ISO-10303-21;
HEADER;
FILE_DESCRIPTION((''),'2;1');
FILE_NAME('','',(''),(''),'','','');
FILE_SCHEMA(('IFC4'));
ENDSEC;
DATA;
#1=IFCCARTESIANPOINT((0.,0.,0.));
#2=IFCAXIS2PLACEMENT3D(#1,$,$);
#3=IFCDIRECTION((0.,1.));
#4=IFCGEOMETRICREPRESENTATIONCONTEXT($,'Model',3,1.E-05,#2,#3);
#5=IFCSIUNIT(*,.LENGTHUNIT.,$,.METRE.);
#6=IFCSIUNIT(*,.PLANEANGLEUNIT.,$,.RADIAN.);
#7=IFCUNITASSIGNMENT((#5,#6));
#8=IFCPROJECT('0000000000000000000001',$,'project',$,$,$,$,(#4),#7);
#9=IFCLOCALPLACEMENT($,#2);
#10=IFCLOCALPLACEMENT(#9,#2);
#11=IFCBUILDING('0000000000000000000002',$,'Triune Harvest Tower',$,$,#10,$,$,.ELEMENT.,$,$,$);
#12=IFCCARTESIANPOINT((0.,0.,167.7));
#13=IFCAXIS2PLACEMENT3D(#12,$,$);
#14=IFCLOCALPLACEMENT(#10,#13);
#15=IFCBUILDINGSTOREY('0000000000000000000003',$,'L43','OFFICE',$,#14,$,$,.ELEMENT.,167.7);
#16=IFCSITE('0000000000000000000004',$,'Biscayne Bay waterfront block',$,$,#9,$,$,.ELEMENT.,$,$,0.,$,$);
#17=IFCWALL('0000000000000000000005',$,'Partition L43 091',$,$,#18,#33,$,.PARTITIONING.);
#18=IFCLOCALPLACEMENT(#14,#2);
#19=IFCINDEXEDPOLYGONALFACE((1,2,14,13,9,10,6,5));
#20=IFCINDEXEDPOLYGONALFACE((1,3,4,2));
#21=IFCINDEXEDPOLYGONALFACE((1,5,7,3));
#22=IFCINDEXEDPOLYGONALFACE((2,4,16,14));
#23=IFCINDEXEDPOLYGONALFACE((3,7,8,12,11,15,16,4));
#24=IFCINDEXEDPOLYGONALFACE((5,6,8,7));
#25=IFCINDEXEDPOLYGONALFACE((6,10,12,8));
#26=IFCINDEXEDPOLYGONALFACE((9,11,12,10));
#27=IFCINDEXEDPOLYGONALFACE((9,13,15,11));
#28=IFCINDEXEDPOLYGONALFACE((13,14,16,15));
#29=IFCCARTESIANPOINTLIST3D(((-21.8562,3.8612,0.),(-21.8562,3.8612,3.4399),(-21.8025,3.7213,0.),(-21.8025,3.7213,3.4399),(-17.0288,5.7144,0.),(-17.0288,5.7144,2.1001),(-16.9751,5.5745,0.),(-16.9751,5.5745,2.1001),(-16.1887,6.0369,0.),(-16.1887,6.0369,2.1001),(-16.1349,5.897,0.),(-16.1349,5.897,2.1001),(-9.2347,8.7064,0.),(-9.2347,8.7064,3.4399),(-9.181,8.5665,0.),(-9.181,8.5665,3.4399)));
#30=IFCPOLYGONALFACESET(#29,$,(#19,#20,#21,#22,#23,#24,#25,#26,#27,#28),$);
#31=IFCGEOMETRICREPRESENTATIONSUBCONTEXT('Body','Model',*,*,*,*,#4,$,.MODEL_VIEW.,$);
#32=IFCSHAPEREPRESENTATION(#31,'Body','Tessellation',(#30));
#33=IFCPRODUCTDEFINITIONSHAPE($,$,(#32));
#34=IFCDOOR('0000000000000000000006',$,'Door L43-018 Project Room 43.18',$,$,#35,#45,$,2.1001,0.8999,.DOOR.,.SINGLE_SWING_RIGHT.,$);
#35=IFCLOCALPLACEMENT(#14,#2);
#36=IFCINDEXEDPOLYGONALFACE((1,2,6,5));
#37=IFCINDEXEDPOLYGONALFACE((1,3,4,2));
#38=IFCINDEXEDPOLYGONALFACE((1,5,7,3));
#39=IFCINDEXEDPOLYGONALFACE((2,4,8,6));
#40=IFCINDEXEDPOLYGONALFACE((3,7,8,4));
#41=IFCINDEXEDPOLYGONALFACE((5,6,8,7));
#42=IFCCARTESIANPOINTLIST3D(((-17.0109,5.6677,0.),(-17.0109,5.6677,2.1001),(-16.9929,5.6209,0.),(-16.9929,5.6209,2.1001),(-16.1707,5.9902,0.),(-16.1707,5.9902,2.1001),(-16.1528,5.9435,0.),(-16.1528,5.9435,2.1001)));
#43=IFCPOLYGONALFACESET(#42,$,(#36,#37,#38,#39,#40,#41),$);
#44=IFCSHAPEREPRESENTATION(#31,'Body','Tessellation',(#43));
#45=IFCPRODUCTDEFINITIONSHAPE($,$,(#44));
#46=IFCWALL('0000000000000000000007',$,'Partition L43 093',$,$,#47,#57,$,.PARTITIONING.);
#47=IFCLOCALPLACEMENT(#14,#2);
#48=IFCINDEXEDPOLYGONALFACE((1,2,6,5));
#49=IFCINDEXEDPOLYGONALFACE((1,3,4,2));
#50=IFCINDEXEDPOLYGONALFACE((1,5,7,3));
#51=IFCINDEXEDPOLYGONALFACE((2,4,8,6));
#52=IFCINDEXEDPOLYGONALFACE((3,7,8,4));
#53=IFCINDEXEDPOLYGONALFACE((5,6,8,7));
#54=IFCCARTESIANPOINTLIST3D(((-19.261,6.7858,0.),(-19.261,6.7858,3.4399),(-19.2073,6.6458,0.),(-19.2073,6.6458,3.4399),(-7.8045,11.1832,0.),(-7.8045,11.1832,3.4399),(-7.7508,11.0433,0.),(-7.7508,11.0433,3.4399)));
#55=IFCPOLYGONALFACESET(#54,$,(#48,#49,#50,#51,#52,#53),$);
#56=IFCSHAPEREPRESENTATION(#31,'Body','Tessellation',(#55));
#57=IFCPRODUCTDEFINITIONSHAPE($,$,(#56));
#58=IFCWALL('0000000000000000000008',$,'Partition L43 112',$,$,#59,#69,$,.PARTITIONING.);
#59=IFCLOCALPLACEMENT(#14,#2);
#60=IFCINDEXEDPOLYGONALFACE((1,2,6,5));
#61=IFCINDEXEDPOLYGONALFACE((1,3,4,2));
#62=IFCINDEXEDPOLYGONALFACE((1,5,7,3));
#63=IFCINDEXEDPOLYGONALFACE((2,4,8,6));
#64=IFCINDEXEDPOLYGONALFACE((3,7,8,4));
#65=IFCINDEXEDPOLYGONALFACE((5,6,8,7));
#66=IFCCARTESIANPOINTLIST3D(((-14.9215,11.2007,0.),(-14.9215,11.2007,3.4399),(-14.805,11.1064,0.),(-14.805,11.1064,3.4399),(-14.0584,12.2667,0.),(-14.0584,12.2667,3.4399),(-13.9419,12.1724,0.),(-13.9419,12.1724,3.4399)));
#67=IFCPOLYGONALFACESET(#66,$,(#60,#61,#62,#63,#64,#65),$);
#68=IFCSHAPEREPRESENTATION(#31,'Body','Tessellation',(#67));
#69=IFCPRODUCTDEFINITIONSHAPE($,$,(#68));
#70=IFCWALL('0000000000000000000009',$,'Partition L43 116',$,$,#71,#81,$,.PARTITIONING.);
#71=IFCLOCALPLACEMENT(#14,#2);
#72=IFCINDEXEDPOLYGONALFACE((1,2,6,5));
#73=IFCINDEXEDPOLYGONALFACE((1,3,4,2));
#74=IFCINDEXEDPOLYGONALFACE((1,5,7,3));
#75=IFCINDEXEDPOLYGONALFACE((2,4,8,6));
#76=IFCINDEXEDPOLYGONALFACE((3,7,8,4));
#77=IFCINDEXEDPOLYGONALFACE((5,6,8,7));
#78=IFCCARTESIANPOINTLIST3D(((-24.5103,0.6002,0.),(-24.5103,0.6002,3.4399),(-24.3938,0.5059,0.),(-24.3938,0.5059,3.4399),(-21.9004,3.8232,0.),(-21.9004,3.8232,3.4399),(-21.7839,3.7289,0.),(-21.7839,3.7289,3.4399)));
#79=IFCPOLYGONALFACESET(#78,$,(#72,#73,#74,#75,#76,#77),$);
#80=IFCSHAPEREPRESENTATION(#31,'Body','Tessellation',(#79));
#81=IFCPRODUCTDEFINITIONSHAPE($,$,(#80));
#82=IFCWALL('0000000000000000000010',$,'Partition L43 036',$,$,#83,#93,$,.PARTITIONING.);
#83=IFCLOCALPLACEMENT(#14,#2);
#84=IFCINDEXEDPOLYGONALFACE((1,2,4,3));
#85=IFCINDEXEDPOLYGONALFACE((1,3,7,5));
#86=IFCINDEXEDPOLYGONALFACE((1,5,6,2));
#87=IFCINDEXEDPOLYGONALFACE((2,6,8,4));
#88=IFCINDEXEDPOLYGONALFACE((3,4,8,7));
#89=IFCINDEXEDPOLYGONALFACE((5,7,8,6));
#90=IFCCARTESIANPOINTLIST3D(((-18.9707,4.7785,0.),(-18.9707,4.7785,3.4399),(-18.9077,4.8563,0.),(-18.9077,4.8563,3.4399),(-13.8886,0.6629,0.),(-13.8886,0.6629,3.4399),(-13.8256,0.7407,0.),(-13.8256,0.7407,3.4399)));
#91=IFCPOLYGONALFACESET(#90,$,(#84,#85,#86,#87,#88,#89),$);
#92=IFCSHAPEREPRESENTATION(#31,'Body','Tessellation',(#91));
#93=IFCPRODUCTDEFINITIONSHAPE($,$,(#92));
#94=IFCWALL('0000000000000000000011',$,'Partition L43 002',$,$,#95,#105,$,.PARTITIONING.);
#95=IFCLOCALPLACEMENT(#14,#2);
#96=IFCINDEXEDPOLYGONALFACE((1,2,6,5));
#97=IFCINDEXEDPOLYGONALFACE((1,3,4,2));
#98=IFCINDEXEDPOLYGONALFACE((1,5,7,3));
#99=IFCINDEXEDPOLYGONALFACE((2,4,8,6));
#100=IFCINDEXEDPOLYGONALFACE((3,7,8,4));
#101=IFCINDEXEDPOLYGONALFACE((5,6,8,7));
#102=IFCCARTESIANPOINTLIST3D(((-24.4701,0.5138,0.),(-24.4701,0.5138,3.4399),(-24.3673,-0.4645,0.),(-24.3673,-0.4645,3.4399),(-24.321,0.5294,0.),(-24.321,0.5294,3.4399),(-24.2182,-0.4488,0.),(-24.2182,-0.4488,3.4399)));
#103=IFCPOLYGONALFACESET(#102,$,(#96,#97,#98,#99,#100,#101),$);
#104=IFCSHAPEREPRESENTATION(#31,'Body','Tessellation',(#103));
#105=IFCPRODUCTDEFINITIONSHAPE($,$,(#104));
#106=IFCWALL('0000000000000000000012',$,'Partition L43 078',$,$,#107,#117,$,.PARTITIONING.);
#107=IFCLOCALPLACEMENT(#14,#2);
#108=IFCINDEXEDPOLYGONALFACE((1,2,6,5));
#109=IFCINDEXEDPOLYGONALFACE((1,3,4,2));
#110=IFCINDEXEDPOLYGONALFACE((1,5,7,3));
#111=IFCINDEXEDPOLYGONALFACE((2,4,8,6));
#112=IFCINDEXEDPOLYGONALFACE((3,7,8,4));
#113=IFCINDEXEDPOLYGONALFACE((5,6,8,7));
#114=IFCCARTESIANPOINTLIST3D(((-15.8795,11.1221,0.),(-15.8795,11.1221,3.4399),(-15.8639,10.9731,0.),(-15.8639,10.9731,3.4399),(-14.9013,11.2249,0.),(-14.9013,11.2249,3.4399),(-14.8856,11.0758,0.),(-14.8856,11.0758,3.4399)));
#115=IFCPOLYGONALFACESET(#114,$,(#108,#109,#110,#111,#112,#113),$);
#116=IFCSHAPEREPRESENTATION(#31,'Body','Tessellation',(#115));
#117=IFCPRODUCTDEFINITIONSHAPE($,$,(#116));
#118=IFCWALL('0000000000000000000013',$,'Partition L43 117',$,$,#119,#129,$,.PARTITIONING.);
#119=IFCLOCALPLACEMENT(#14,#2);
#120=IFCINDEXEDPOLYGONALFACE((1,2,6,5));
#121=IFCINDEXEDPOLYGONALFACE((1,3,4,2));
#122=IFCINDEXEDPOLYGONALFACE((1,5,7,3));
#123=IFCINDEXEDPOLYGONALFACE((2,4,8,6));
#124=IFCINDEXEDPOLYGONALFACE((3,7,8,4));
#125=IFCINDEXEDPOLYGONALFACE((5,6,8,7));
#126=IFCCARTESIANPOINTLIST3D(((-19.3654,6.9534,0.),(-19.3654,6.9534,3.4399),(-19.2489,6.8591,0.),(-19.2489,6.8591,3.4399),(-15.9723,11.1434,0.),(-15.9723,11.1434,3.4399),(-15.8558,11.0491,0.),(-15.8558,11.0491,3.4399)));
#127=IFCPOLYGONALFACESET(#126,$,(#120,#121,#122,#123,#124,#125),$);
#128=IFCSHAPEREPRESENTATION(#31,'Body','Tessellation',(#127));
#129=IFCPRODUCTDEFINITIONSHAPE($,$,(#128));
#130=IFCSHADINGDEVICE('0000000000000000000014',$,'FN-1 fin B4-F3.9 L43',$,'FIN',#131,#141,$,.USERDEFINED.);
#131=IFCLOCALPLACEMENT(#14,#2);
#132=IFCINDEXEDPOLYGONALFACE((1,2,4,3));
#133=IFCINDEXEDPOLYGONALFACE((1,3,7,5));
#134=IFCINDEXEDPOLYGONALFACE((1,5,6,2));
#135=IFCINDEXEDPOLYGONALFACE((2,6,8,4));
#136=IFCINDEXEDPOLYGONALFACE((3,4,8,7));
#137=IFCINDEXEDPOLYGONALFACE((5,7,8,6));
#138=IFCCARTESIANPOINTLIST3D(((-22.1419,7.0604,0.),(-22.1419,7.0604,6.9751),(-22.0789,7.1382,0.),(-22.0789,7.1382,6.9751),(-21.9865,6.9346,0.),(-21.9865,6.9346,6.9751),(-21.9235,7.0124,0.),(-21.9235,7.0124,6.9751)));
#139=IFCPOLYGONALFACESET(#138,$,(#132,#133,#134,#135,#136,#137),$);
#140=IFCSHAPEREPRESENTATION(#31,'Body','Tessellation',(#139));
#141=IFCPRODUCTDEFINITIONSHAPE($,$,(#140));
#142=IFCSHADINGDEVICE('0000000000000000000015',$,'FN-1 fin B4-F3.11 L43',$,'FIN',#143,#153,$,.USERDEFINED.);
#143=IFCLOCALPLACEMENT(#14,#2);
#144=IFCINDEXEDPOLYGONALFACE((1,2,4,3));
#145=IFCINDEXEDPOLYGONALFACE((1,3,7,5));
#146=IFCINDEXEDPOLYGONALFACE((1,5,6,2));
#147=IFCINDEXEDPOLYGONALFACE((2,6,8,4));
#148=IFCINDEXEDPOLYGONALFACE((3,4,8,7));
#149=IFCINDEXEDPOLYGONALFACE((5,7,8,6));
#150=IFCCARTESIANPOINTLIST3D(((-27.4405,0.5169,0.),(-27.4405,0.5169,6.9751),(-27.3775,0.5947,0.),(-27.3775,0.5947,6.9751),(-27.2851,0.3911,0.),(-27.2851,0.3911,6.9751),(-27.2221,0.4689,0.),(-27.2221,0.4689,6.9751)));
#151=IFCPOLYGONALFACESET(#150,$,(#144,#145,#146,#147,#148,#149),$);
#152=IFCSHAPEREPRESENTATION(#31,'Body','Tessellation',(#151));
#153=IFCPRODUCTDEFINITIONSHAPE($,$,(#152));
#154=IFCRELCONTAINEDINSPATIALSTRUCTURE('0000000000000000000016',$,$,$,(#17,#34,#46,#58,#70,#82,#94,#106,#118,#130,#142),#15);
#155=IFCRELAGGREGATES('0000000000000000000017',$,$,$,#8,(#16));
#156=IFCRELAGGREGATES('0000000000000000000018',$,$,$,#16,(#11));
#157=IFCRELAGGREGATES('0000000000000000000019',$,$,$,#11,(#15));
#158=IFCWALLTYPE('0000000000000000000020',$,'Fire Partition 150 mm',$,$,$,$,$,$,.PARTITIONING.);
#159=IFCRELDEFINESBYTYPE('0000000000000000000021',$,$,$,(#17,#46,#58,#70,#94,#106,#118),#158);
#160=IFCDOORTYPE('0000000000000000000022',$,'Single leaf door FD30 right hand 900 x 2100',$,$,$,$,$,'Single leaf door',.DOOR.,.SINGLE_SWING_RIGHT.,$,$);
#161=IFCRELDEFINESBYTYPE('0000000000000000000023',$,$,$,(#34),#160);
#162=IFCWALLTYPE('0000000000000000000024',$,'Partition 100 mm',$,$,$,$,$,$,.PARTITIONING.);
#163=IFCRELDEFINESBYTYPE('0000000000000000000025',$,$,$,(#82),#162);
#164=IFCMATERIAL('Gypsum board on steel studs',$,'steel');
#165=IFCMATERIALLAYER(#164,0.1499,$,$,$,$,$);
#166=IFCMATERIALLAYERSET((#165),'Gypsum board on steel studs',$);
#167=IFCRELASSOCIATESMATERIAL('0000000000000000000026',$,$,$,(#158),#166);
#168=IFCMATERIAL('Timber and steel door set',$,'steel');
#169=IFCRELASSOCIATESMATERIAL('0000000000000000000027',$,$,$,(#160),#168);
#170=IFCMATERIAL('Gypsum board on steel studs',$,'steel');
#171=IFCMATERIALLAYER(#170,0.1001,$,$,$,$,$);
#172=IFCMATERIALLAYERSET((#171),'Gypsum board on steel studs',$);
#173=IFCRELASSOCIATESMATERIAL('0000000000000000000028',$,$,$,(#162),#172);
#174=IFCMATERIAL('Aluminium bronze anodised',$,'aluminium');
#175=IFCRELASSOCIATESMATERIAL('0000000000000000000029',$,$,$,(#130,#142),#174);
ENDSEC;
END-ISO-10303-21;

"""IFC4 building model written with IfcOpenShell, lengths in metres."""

from ifc_helpers import new_model, si_unit, direction, frame, frame_2d, origin, origin_2d, place, context, subcontext, project, spatial, rectangle, extrude, source, transform, mapped, material, layer, layer_set, type_object, element, fill, save


model = new_model("IFC4")

# Units and contexts
model_context = context("Model", 3, precision=1e-05, world=origin(), true_north=direction((0.0, 1.0)))
body_context = subcontext(model_context, "Body", "Model", "MODEL_VIEW")
ifc_project = project(units=[si_unit("LENGTHUNIT", "METRE"), si_unit("PLANEANGLEUNIT", "RADIAN")], contexts=[model_context])

# Site, building, storey
site_placement = place(None, origin())
site = spatial("IfcSite", under=ifc_project, at=site_placement, Name="Biscayne Bay waterfront block", CompositionType="ELEMENT", RefElevation=0.0)
building_placement = place(site_placement, origin())
building = spatial("IfcBuilding", under=site, at=building_placement, Name="Triune Harvest Tower", CompositionType="ELEMENT")
storey_placement = place(building_placement, frame((0.0, 0.0, 167.7)))
storey = spatial("IfcBuildingStorey", under=building, at=storey_placement, Name="L43", Description="OFFICE", CompositionType="ELEMENT", Elevation=167.7)

# Wall, opening, door
ifc_material_1 = material(Name="Gypsum board on steel studs", Category="steel")
ifc_layer_1 = layer(ifc_material_1, 0.1499)
ifc_layer_set_1 = layer_set([ifc_layer_1], Name="Gypsum board on steel studs")
wall_type_1 = type_object("IfcWallType", Name="Fire Partition 150 mm", PredefinedType="PARTITIONING", material=ifc_layer_set_1)
wall_1_placement = place(storey_placement, frame((-21.8293, 3.7913, 0.0), z_axis=(0.0, 0.0, 1.0), x_axis=(0.933574, 0.358384, 0.0)))
wall_1 = element("IfcWall", 1, at=wall_1_placement, inside=storey, type_object=wall_type_1, Name="Partition L43 091", PredefinedType="PARTITIONING", context=body_context, shape_type="SweptSolid", body=[
    extrude(rectangle(XDim=13.5195, YDim=0.1499, at=frame_2d((6.7598, 0.0))), origin(), (0.0, 0.0, 1.0), 3.4399),
])
opening_placement = place(wall_1_placement, frame((5.1709, 0.0, 0.0)))
opening = element("IfcOpeningElement", 2, at=opening_placement, cuts=wall_1, PredefinedType="OPENING", context=body_context, shape_type="SweptSolid", body=[
    extrude(rectangle(XDim=0.8999, YDim=2.1001, at=frame_2d((0.45, 1.05))), frame((0.0, 0.085, 0.0), z_axis=(0.0, -1.0, 0.0), x_axis=(1.0, 0.0, 0.0)), (0.0, 0.0, 1.0), 0.1699),
])
ifc_material_2 = material(Name="Timber and steel door set", Category="steel")
door_type = type_object("IfcDoorType", Name="Single leaf door FD30 right hand 900 x 2100", ElementType="Single leaf door", OperationType="SINGLE_SWING_RIGHT", PredefinedType="DOOR", material=ifc_material_2)
door_placement = place(opening_placement, origin())
door = element("IfcDoor", 3, at=door_placement, inside=storey, type_object=door_type, Name="Door L43-018 Project Room 43.18", OperationType="SINGLE_SWING_RIGHT", OverallHeight=2.1001, OverallWidth=0.8999, PredefinedType="DOOR", context=body_context, shape_type="SweptSolid", body=[
    extrude(rectangle(XDim=0.8999, YDim=2.1001, at=frame_2d((0.45, 1.05))), frame((0.0, 0.0249, 0.0), z_axis=(0.0, -1.0, 0.0), x_axis=(1.0, 0.0, 0.0)), (0.0, 0.0, 1.0), 0.05),
])
fill(opening, door)

# Walls
wall_2_placement = place(storey_placement, frame((-19.2341, 6.7158, 0.0), z_axis=(0.0, 0.0, 1.0), x_axis=(0.933588, 0.358347, 0.0)))
element("IfcWall", 4, at=wall_2_placement, inside=storey, type_object=wall_type_1, Name="Partition L43 093", PredefinedType="PARTITIONING", context=body_context, shape_type="SweptSolid", body=[
    extrude(rectangle(XDim=12.2715, YDim=0.1499, at=frame_2d((6.1357, 0.0))), origin(), (0.0, 0.0, 1.0), 3.4399),
])
wall_3_placement = place(storey_placement, frame((-14.8633, 11.1536, 0.0), z_axis=(0.0, 0.0, 1.0), x_axis=(0.629265, 0.777191, 0.0)))
element("IfcWall", 5, at=wall_3_placement, inside=storey, type_object=wall_type_1, Name="Partition L43 112", PredefinedType="PARTITIONING", context=body_context, shape_type="SweptSolid", body=[
    extrude(rectangle(XDim=1.3716, YDim=0.1499, at=frame_2d((0.6858, 0.0))), origin(), (0.0, 0.0, 1.0), 3.4399),
])
wall_4_placement = place(storey_placement, frame((-24.4521, 0.553, 0.0), z_axis=(0.0, 0.0, 1.0), x_axis=(0.629322, 0.777145, 0.0)))
element("IfcWall", 6, at=wall_4_placement, inside=storey, type_object=wall_type_1, Name="Partition L43 116", PredefinedType="PARTITIONING", context=body_context, shape_type="SweptSolid", body=[
    extrude(rectangle(XDim=4.1472, YDim=0.1499, at=frame_2d((2.0737, 0.0))), origin(), (0.0, 0.0, 1.0), 3.4399),
])
ifc_material_3 = material(Name="Gypsum board on steel studs", Category="steel")
ifc_layer_2 = layer(ifc_material_3, 0.1001)
ifc_layer_set_2 = layer_set([ifc_layer_2], Name="Gypsum board on steel studs")
wall_type_2 = type_object("IfcWallType", Name="Partition 100 mm", PredefinedType="PARTITIONING", material=ifc_layer_set_2)
wall_5_placement = place(storey_placement, frame((-18.9392, 4.8174, 0.0), z_axis=(0.0, 0.0, 1.0), x_axis=(0.777136, -0.629332, 0.0)))
element("IfcWall", 7, at=wall_5_placement, inside=storey, type_object=wall_type_2, Name="Partition L43 036", PredefinedType="PARTITIONING", context=body_context, shape_type="SweptSolid", body=[
    extrude(rectangle(XDim=6.5396, YDim=0.1001, at=frame_2d((3.2698, 0.0))), origin(), (0.0, 0.0, 1.0), 3.4399),
])
shared_shape_1 = source(origin(), body_context, "Body", "SweptSolid", [
    extrude(rectangle(XDim=0.9836, YDim=0.1499, at=frame_2d((0.4917, 0.0))), origin(), (0.0, 0.0, 1.0), 3.4399),
])
for number, where, z_axis, x_axis, name in (
    (8, (-24.3955, 0.5215, 0.0), (0.0, 0.0, 1.0), (0.104491, -0.994526, 0.0), "Partition L43 002"),
    (9, (-15.8716, 11.0476, 0.0), (0.0, 0.0, 1.0), (0.994526, 0.104491, 0.0), "Partition L43 078"),
):
    element("IfcWall", number, at=place(storey_placement, frame(where, z_axis=z_axis, x_axis=x_axis)), inside=storey, type_object=wall_type_1, Name=name, PredefinedType="PARTITIONING", context=body_context, shape_type="MappedRepresentation", body=[
        mapped(shared_shape_1, transform((0.0, 0.0, 0.0), scale=1.0)),
    ])
shared_shape_2 = source(origin(), body_context, "Body", "SweptSolid", [
    extrude(rectangle(XDim=5.3916, YDim=0.1499, at=frame_2d((2.6958, 0.0))), origin(), (0.0, 0.0, 1.0), 3.4399),
])
wall_6_placement = place(storey_placement, frame((-19.3071, 6.9062, 0.0), z_axis=(0.0, 0.0, 1.0), x_axis=(0.629334, 0.777135, 0.0)))
element("IfcWall", 10, at=wall_6_placement, inside=storey, type_object=wall_type_1, Name="Partition L43 117", PredefinedType="PARTITIONING", context=body_context, shape_type="MappedRepresentation", body=[
    mapped(shared_shape_2, transform((0.0, 0.0, 0.0), scale=1.0)),
])

# Shading devices
ifc_material_4 = material(Name="Aluminium bronze anodised", Category="aluminium")
shared_shape_3 = source(origin(), body_context, "Body", "SweptSolid", [
    extrude(rectangle(XDim=0.1001, YDim=0.2, at=origin_2d()), origin(), (0.0, 0.0, 1.0), 6.9751),
])
for number, where, z_axis, x_axis, name in (
    (11, (-22.0327, 7.0364, 0.0), (0.0, 0.0, 1.0), (-0.629321, -0.777145, 0.0), "FN-1 fin B4-F3.9 L43"),
    (12, (-27.3313, 0.4929, 0.0), (0.0, 0.0, 1.0), (-0.629321, -0.777145, 0.0), "FN-1 fin B4-F3.11 L43"),
):
    element("IfcShadingDevice", number, at=place(storey_placement, frame(where, z_axis=z_axis, x_axis=x_axis)), inside=storey, material=ifc_material_4, Name=name, ObjectType="FIN", PredefinedType="USERDEFINED", context=body_context, shape_type="MappedRepresentation", body=[
        mapped(shared_shape_3, transform((0.0, 0.0, 0.0), scale=1.0)),
    ])

save(model, "model.ifc")
